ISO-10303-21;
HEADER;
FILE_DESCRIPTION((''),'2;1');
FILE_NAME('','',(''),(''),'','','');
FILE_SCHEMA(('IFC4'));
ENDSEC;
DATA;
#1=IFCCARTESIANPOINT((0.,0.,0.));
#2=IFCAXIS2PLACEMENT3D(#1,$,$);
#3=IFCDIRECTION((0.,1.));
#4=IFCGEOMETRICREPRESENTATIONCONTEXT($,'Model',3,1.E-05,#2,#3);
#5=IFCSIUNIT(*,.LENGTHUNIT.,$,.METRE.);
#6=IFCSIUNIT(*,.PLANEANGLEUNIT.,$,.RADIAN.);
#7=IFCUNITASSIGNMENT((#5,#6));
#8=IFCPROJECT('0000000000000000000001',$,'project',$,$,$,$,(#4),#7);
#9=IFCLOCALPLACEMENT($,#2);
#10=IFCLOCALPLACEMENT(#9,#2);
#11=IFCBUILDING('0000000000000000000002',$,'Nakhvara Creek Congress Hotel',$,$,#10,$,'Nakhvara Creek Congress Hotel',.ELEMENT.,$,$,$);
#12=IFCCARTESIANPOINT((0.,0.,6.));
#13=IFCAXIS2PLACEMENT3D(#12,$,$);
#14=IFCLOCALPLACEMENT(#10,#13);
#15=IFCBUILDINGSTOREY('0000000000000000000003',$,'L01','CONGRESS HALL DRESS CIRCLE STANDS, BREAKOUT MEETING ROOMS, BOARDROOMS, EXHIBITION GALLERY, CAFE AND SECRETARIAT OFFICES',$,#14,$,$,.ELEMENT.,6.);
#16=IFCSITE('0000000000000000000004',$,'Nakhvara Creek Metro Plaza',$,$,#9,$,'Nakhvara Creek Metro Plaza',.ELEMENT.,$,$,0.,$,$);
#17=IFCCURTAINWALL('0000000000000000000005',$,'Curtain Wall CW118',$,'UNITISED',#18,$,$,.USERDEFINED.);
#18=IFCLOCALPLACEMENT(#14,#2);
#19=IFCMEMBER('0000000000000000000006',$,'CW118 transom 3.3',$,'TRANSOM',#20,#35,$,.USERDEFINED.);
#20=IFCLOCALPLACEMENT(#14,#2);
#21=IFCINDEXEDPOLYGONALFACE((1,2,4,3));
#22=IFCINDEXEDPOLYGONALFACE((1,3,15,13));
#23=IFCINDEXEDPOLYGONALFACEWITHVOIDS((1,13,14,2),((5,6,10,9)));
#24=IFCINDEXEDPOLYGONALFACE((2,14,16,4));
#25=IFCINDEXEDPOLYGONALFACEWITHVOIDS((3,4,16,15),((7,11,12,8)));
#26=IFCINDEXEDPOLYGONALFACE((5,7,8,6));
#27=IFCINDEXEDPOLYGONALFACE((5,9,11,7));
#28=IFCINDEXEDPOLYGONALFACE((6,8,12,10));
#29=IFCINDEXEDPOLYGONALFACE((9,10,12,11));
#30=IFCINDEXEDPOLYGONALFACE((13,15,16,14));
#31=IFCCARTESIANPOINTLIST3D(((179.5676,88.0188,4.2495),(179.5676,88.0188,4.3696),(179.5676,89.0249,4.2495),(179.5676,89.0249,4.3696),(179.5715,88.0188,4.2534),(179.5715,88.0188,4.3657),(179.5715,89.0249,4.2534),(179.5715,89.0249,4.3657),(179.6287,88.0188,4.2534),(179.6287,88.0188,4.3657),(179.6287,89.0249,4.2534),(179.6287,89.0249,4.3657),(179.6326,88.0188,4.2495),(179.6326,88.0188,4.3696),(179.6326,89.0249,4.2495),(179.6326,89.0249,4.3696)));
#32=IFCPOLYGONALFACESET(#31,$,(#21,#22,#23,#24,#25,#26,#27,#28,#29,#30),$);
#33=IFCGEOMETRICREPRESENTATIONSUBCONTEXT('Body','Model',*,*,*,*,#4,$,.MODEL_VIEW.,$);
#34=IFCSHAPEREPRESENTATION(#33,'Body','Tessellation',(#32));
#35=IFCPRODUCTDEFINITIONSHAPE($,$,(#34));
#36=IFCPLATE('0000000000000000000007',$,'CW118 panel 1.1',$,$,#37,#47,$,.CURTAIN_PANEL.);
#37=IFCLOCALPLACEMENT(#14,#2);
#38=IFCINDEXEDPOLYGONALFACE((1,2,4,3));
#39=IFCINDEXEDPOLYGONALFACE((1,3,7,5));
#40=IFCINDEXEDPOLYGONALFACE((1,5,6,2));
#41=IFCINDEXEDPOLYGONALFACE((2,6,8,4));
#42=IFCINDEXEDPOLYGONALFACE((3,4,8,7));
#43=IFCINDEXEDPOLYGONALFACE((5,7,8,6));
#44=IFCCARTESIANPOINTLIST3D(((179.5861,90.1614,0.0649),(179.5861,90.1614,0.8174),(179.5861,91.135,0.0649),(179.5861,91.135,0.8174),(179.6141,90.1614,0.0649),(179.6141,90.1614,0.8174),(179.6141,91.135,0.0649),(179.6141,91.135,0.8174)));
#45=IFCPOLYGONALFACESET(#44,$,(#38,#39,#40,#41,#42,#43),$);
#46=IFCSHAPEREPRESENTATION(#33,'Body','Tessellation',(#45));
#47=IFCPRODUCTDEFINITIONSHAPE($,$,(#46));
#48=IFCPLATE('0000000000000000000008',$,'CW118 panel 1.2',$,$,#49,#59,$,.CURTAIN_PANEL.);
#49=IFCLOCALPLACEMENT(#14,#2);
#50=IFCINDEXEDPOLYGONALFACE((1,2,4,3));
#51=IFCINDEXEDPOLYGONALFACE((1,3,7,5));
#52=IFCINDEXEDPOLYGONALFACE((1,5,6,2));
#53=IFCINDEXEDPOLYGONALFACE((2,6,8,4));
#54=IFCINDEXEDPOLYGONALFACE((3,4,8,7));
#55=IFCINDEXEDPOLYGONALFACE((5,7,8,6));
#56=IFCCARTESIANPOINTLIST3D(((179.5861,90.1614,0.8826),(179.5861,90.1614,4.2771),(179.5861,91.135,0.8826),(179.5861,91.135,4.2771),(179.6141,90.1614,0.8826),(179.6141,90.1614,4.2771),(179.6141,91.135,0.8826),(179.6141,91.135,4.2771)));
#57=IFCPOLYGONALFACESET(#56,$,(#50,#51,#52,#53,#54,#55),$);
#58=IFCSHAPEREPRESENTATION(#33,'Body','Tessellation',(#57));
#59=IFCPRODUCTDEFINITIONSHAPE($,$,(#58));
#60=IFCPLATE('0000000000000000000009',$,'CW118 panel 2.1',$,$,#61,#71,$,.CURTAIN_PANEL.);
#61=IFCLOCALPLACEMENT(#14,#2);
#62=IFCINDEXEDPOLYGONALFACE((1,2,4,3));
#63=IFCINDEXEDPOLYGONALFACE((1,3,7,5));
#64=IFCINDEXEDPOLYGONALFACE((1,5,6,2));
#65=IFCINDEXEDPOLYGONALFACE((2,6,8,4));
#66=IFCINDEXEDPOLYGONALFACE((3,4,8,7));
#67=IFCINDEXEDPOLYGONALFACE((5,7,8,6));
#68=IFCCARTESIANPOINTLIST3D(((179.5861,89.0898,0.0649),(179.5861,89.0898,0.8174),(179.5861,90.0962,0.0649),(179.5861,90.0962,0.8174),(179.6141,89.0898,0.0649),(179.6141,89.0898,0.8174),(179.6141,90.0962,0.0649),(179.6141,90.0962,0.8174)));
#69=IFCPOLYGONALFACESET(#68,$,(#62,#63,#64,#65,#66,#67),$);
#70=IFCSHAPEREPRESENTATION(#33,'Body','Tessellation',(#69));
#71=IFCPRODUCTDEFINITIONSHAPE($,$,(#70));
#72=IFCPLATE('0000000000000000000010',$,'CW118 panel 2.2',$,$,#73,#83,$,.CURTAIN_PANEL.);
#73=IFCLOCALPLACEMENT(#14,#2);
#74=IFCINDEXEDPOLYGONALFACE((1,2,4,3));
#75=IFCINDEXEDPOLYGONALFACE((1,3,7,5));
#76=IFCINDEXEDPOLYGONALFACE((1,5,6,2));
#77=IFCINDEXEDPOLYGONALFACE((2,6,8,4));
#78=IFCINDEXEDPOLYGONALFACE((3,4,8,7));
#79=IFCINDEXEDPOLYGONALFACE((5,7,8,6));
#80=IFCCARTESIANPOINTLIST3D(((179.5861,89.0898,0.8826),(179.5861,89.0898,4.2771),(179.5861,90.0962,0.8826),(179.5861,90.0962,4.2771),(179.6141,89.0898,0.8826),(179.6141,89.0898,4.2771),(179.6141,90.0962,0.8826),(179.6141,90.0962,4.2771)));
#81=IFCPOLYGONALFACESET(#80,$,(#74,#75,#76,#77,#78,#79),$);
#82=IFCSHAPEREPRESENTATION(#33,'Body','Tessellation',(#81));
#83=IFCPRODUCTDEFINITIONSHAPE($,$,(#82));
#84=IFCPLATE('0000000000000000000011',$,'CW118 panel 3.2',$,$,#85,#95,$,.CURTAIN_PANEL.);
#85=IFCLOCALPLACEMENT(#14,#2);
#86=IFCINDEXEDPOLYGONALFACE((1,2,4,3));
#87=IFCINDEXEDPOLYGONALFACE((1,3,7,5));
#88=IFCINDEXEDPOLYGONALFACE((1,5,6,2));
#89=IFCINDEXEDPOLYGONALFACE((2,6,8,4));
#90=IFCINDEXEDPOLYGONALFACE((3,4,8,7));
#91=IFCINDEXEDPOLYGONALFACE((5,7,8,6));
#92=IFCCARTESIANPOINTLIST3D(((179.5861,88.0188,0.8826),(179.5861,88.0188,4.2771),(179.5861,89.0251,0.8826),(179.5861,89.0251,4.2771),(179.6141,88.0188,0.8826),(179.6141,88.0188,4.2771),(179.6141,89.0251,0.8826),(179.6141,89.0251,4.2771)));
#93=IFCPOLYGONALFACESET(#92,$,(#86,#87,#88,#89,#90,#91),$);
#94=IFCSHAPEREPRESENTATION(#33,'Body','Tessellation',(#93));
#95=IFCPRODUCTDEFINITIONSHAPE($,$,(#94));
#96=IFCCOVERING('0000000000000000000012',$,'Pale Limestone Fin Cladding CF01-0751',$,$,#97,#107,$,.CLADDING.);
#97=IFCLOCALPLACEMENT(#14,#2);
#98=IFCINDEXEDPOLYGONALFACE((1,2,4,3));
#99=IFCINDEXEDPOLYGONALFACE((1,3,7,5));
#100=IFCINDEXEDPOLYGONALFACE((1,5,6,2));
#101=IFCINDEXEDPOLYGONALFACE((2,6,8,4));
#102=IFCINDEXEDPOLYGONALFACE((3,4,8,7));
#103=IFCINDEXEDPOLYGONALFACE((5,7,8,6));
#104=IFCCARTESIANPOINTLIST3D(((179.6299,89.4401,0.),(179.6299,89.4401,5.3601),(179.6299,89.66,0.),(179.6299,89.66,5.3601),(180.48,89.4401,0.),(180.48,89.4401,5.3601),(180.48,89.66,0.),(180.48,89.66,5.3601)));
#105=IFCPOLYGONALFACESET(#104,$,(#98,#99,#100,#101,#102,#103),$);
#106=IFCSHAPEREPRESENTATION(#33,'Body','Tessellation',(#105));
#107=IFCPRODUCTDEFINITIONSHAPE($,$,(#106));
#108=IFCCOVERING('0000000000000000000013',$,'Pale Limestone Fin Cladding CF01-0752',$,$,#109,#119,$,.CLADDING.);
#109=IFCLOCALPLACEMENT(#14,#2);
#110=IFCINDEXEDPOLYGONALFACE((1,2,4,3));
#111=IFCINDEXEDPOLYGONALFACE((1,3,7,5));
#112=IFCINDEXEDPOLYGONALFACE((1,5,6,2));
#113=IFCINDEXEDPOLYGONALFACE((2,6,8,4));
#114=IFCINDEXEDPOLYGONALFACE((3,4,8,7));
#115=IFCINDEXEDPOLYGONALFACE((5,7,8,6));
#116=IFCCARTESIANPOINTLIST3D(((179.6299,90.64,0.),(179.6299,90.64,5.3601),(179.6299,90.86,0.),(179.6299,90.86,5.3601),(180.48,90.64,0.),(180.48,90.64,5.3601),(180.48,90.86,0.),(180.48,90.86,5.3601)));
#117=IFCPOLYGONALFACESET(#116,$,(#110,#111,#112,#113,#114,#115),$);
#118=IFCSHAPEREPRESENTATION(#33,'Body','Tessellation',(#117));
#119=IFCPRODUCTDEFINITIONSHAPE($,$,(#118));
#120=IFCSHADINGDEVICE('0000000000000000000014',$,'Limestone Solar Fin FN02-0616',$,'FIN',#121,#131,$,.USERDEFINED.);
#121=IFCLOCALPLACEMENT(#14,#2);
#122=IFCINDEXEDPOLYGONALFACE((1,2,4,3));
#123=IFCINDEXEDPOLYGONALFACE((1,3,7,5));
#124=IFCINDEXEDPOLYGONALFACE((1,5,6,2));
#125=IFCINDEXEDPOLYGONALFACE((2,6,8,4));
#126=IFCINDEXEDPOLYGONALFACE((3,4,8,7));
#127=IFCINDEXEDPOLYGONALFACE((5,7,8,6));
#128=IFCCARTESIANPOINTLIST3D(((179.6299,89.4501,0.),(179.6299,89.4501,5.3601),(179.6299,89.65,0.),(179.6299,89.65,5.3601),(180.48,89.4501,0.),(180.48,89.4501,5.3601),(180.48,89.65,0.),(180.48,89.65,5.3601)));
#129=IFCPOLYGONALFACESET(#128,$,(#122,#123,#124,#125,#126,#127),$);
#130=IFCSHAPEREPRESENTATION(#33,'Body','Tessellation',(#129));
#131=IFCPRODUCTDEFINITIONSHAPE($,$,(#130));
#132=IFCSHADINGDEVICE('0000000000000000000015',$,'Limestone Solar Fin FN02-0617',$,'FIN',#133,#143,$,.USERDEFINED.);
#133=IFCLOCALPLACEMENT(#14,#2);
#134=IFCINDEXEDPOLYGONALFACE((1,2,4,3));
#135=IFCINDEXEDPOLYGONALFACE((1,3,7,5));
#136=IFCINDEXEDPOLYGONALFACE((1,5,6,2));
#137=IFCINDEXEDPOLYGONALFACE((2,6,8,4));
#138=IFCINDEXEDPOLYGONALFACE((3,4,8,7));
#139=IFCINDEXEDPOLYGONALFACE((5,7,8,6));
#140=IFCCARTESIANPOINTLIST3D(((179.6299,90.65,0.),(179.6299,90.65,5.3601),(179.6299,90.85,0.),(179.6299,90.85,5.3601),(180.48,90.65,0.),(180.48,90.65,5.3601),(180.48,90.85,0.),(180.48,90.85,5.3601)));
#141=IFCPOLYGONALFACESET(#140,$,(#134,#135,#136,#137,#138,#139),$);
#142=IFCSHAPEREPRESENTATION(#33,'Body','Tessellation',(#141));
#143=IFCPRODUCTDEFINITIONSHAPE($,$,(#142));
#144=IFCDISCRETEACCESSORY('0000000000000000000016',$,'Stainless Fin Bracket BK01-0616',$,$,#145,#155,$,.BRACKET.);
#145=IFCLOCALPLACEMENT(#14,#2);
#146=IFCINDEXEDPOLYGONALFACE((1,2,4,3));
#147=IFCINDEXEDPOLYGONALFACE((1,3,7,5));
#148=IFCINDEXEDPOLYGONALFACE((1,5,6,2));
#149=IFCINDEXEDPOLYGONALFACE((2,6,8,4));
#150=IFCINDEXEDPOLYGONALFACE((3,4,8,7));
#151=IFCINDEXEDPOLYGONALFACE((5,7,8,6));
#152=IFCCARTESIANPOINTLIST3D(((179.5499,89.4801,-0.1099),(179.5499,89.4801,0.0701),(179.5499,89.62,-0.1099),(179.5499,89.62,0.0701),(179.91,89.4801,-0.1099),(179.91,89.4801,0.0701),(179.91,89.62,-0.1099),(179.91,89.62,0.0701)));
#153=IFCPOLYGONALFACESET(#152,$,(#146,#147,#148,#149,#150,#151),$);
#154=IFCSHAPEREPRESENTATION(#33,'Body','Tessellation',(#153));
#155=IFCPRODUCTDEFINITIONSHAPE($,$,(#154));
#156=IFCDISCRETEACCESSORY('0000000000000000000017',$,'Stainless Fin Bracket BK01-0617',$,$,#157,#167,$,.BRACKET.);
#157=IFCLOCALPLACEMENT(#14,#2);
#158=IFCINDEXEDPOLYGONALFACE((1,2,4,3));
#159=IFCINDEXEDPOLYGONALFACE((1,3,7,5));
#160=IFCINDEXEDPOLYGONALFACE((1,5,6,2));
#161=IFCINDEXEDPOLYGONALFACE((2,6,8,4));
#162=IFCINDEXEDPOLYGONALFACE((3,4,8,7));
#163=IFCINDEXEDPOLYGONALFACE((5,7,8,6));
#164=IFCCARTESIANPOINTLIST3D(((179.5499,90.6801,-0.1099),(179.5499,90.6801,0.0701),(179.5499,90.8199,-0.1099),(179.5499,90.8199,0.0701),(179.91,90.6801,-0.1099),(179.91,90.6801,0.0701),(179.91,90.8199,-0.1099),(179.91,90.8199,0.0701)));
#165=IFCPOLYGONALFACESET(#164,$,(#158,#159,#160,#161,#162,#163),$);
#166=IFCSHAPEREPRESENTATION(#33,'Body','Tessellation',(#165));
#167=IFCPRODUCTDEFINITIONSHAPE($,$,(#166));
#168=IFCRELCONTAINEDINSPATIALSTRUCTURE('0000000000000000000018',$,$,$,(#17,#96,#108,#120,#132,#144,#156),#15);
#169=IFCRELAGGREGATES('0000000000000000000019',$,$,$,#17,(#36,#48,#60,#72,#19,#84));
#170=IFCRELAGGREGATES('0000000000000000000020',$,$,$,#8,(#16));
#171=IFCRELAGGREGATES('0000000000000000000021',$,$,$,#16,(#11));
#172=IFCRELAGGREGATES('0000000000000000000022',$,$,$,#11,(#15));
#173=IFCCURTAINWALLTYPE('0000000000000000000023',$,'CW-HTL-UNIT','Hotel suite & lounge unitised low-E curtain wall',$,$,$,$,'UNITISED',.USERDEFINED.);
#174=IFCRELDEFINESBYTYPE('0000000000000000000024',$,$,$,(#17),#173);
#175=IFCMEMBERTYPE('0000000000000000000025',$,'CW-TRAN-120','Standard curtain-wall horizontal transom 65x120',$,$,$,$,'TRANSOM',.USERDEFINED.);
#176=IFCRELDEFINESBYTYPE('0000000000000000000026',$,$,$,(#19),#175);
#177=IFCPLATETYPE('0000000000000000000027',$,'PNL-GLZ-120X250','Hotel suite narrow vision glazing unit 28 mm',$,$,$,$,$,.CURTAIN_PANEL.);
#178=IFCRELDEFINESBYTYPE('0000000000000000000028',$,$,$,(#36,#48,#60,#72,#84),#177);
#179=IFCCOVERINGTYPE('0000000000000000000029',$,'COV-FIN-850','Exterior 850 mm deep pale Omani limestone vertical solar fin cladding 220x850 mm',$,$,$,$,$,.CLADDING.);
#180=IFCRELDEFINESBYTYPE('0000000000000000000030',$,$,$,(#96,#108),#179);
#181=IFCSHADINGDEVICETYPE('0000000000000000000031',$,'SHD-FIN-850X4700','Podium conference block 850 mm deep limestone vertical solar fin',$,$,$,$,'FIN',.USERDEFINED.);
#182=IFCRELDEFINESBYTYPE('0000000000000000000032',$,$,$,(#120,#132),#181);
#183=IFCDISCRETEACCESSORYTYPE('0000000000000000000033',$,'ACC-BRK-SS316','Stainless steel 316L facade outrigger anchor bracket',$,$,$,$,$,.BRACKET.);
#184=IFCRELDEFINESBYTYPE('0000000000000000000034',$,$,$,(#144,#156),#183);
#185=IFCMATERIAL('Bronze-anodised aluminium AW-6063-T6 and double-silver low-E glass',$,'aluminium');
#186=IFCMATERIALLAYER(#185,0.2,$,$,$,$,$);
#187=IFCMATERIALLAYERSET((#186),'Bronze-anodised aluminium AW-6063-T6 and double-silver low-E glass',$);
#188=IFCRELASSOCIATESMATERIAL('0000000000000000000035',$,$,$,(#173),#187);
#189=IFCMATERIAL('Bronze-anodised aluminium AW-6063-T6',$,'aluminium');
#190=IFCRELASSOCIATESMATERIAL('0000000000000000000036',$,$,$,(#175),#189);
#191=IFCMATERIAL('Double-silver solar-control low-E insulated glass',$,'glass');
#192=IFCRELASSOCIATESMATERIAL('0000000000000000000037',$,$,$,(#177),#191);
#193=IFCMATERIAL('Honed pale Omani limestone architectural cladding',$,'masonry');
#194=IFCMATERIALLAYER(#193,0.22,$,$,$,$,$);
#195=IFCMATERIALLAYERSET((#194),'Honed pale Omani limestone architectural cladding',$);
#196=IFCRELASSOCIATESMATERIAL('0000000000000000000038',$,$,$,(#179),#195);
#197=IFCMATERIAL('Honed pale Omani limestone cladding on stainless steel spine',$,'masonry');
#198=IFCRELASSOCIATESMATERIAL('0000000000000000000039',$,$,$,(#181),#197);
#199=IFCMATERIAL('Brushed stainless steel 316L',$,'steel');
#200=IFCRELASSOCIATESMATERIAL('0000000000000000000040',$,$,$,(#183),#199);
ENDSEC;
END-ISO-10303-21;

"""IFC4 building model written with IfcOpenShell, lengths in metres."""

from ifc_helpers import new_model, si_unit, direction, frame, origin, origin_2d, place, context, subcontext, project, spatial, rectangle, hollow_rectangle, extrude, material, layer, layer_set, material_profile, profile_set, type_object, element, aggregate, save


model = new_model("IFC4")

# Units and contexts
model_context = context("Model", 3, precision=1e-05, world=origin(), true_north=direction((0.0, 1.0)))
body_context = subcontext(model_context, "Body", "Model", "MODEL_VIEW")
ifc_project = project(units=[si_unit("LENGTHUNIT", "METRE"), si_unit("PLANEANGLEUNIT", "RADIAN")], contexts=[model_context])

# Site, building, storey
site_placement = place(None, origin())
site = spatial("IfcSite", under=ifc_project, at=site_placement, Name="Nakhvara Creek Metro Plaza", LongName="Nakhvara Creek Metro Plaza", CompositionType="ELEMENT", RefElevation=0.0)
building_placement = place(site_placement, origin())
building = spatial("IfcBuilding", under=site, at=building_placement, Name="Nakhvara Creek Congress Hotel", LongName="Nakhvara Creek Congress Hotel", CompositionType="ELEMENT")
storey_placement = place(building_placement, frame((0.0, 0.0, 6.0)))
storey = spatial("IfcBuildingStorey", under=building, at=storey_placement, Name="L01", Description="CONGRESS HALL DRESS CIRCLE STANDS, BREAKOUT MEETING ROOMS, BOARDROOMS, EXHIBITION GALLERY, CAFE AND SECRETARIAT OFFICES", CompositionType="ELEMENT", Elevation=6.0)

# Curtain wall, member, plates
ifc_material_1 = material(Name="Bronze-anodised aluminium AW-6063-T6 and double-silver low-E glass", Category="aluminium")
ifc_layer_1 = layer(ifc_material_1, 0.2)
ifc_layer_set_1 = layer_set([ifc_layer_1], Name="Bronze-anodised aluminium AW-6063-T6 and double-silver low-E glass")
curtain_wall_type = type_object("IfcCurtainWallType", Name="CW-HTL-UNIT", Description="Hotel suite & lounge unitised low-E curtain wall", ElementType="UNITISED", PredefinedType="USERDEFINED", material=ifc_layer_set_1)
curtain_wall_placement = place(storey_placement, origin())
curtain_wall = element("IfcCurtainWall", 1, at=curtain_wall_placement, inside=storey, type_object=curtain_wall_type, Name="Curtain Wall CW118", ObjectType="UNITISED", PredefinedType="USERDEFINED")
ifc_material_2 = material(Name="Bronze-anodised aluminium AW-6063-T6", Category="aluminium")
ifc_material_profile_1 = material_profile(ifc_material_2, hollow_rectangle(XDim=0.0649, YDim=0.1201, WallThickness=0.0039, at=origin_2d()), Name="ALU-TRAN 65x120x4", Category="LoadBearing")
ifc_profile_set_1 = profile_set([ifc_material_profile_1], Name="Bronze-anodised aluminium AW-6063-T6")
member_type_1 = type_object("IfcMemberType", Name="CW-TRAN-120", Description="Standard curtain-wall horizontal transom 65x120", ElementType="TRANSOM", PredefinedType="USERDEFINED", material=ifc_profile_set_1)
member_1_placement = place(storey_placement, frame((179.6001, 89.0249, 4.3096), z_axis=(0.0, -1.0, 0.0), x_axis=(1.0, 0.0, 0.0)))
member_1 = element("IfcMember", 2, at=member_1_placement, type_object=member_type_1, Name="CW118 transom 3.3", ObjectType="TRANSOM", PredefinedType="USERDEFINED", context=body_context, shape_type="SweptSolid", body=[
    extrude(hollow_rectangle(XDim=0.0649, YDim=0.1201, WallThickness=0.0039, at=origin_2d()), origin(), (0.0, 0.0, 1.0), 1.0061),
])
ifc_material_3 = material(Name="Double-silver solar-control low-E insulated glass", Category="glass")
plate_type = type_object("IfcPlateType", Name="PNL-GLZ-120X250", Description="Hotel suite narrow vision glazing unit 28 mm", PredefinedType="CURTAIN_PANEL", material=ifc_material_3)
plate_1_placement = place(storey_placement, frame((179.6001, 90.6482, 0.0649), z_axis=(0.0, 0.0, 1.0), x_axis=(0.0, -1.0, 0.0)))
plate_1 = element("IfcPlate", 3, at=plate_1_placement, type_object=plate_type, Name="CW118 panel 1.1", PredefinedType="CURTAIN_PANEL", context=body_context, shape_type="SweptSolid", body=[
    extrude(rectangle(XDim=0.9736, YDim=0.0281, at=origin_2d()), origin(), (0.0, 0.0, 1.0), 0.7524),
])
plate_2_placement = place(storey_placement, frame((179.6001, 90.6482, 0.8826), z_axis=(0.0, 0.0, 1.0), x_axis=(0.0, -1.0, 0.0)))
plate_2 = element("IfcPlate", 4, at=plate_2_placement, type_object=plate_type, Name="CW118 panel 1.2", PredefinedType="CURTAIN_PANEL", context=body_context, shape_type="SweptSolid", body=[
    extrude(rectangle(XDim=0.9736, YDim=0.0281, at=origin_2d()), origin(), (0.0, 0.0, 1.0), 3.3945),
])
plate_3_placement = place(storey_placement, frame((179.6001, 89.593, 0.0649), z_axis=(0.0, 0.0, 1.0), x_axis=(0.0, -1.0, 0.0)))
plate_3 = element("IfcPlate", 5, at=plate_3_placement, type_object=plate_type, Name="CW118 panel 2.1", PredefinedType="CURTAIN_PANEL", context=body_context, shape_type="SweptSolid", body=[
    extrude(rectangle(XDim=1.0063, YDim=0.0281, at=origin_2d()), origin(), (0.0, 0.0, 1.0), 0.7524),
])
plate_4_placement = place(storey_placement, frame((179.6001, 89.593, 0.8826), z_axis=(0.0, 0.0, 1.0), x_axis=(0.0, -1.0, 0.0)))
plate_4 = element("IfcPlate", 6, at=plate_4_placement, type_object=plate_type, Name="CW118 panel 2.2", PredefinedType="CURTAIN_PANEL", context=body_context, shape_type="SweptSolid", body=[
    extrude(rectangle(XDim=1.0063, YDim=0.0281, at=origin_2d()), origin(), (0.0, 0.0, 1.0), 3.3945),
])
plate_5_placement = place(storey_placement, frame((179.6001, 88.522, 0.8826), z_axis=(0.0, 0.0, 1.0), x_axis=(0.0, -1.0, 0.0)))
plate_5 = element("IfcPlate", 7, at=plate_5_placement, type_object=plate_type, Name="CW118 panel 3.2", PredefinedType="CURTAIN_PANEL", context=body_context, shape_type="SweptSolid", body=[
    extrude(rectangle(XDim=1.0063, YDim=0.0281, at=origin_2d()), origin(), (0.0, 0.0, 1.0), 3.3945),
])
aggregate(curtain_wall, [plate_1, plate_2, plate_3, plate_4, member_1, plate_5])

# Coverings
ifc_material_4 = material(Name="Honed pale Omani limestone architectural cladding", Category="masonry")
ifc_layer_2 = layer(ifc_material_4, 0.22)
ifc_layer_set_2 = layer_set([ifc_layer_2], Name="Honed pale Omani limestone architectural cladding")
covering_type = type_object("IfcCoveringType", Name="COV-FIN-850", Description="Exterior 850 mm deep pale Omani limestone vertical solar fin cladding 220x850 mm", PredefinedType="CLADDING", material=ifc_layer_set_2)
for number, where, z_axis, x_axis, name in (
    (8, (180.0549, 89.55, 0.0), (0.0, 0.0, 1.0), (0.0, 1.0, 0.0), "Pale Limestone Fin Cladding CF01-0751"),
    (9, (180.0549, 90.75, 0.0), (0.0, 0.0, 1.0), (0.0, 1.0, 0.0), "Pale Limestone Fin Cladding CF01-0752"),
):
    element("IfcCovering", number, at=place(storey_placement, frame(where, z_axis=z_axis, x_axis=x_axis)), inside=storey, type_object=covering_type, Name=name, PredefinedType="CLADDING", context=body_context, shape_type="SweptSolid", body=[
        extrude(rectangle(XDim=0.22, YDim=0.8501, at=origin_2d()), origin(), (0.0, 0.0, 1.0), 5.3601),
    ])

# Shading devices
ifc_material_5 = material(Name="Honed pale Omani limestone cladding on stainless steel spine", Category="masonry")
shading_device_type = type_object("IfcShadingDeviceType", Name="SHD-FIN-850X4700", Description="Podium conference block 850 mm deep limestone vertical solar fin", ElementType="FIN", PredefinedType="USERDEFINED", material=ifc_material_5)
for number, where, z_axis, x_axis, name in (
    (10, (180.0549, 89.55, 0.0), (0.0, 0.0, 1.0), (0.0, 1.0, 0.0), "Limestone Solar Fin FN02-0616"),
    (11, (180.0549, 90.75, 0.0), (0.0, 0.0, 1.0), (0.0, 1.0, 0.0), "Limestone Solar Fin FN02-0617"),
):
    element("IfcShadingDevice", number, at=place(storey_placement, frame(where, z_axis=z_axis, x_axis=x_axis)), inside=storey, type_object=shading_device_type, Name=name, ObjectType="FIN", PredefinedType="USERDEFINED", context=body_context, shape_type="SweptSolid", body=[
        extrude(rectangle(XDim=0.2, YDim=0.8501, at=origin_2d()), origin(), (0.0, 0.0, 1.0), 5.3601),
    ])

# Discrete accessories
ifc_material_6 = material(Name="Brushed stainless steel 316L", Category="steel")
discrete_accessory_type = type_object("IfcDiscreteAccessoryType", Name="ACC-BRK-SS316", Description="Stainless steel 316L facade outrigger anchor bracket", PredefinedType="BRACKET", material=ifc_material_6)
for number, where, z_axis, x_axis, name in (
    (12, (179.73, 89.55, -0.1099), (0.0, 0.0, 1.0), (0.0, 1.0, 0.0), "Stainless Fin Bracket BK01-0616"),
    (13, (179.73, 90.75, -0.1099), (0.0, 0.0, 1.0), (0.0, 1.0, 0.0), "Stainless Fin Bracket BK01-0617"),
):
    element("IfcDiscreteAccessory", number, at=place(storey_placement, frame(where, z_axis=z_axis, x_axis=x_axis)), inside=storey, type_object=discrete_accessory_type, Name=name, PredefinedType="BRACKET", context=body_context, shape_type="SweptSolid", body=[
        extrude(rectangle(XDim=0.1399, YDim=0.3601, at=origin_2d()), origin(), (0.0, 0.0, 1.0), 0.1799),
    ])

save(model, "model.ifc")
